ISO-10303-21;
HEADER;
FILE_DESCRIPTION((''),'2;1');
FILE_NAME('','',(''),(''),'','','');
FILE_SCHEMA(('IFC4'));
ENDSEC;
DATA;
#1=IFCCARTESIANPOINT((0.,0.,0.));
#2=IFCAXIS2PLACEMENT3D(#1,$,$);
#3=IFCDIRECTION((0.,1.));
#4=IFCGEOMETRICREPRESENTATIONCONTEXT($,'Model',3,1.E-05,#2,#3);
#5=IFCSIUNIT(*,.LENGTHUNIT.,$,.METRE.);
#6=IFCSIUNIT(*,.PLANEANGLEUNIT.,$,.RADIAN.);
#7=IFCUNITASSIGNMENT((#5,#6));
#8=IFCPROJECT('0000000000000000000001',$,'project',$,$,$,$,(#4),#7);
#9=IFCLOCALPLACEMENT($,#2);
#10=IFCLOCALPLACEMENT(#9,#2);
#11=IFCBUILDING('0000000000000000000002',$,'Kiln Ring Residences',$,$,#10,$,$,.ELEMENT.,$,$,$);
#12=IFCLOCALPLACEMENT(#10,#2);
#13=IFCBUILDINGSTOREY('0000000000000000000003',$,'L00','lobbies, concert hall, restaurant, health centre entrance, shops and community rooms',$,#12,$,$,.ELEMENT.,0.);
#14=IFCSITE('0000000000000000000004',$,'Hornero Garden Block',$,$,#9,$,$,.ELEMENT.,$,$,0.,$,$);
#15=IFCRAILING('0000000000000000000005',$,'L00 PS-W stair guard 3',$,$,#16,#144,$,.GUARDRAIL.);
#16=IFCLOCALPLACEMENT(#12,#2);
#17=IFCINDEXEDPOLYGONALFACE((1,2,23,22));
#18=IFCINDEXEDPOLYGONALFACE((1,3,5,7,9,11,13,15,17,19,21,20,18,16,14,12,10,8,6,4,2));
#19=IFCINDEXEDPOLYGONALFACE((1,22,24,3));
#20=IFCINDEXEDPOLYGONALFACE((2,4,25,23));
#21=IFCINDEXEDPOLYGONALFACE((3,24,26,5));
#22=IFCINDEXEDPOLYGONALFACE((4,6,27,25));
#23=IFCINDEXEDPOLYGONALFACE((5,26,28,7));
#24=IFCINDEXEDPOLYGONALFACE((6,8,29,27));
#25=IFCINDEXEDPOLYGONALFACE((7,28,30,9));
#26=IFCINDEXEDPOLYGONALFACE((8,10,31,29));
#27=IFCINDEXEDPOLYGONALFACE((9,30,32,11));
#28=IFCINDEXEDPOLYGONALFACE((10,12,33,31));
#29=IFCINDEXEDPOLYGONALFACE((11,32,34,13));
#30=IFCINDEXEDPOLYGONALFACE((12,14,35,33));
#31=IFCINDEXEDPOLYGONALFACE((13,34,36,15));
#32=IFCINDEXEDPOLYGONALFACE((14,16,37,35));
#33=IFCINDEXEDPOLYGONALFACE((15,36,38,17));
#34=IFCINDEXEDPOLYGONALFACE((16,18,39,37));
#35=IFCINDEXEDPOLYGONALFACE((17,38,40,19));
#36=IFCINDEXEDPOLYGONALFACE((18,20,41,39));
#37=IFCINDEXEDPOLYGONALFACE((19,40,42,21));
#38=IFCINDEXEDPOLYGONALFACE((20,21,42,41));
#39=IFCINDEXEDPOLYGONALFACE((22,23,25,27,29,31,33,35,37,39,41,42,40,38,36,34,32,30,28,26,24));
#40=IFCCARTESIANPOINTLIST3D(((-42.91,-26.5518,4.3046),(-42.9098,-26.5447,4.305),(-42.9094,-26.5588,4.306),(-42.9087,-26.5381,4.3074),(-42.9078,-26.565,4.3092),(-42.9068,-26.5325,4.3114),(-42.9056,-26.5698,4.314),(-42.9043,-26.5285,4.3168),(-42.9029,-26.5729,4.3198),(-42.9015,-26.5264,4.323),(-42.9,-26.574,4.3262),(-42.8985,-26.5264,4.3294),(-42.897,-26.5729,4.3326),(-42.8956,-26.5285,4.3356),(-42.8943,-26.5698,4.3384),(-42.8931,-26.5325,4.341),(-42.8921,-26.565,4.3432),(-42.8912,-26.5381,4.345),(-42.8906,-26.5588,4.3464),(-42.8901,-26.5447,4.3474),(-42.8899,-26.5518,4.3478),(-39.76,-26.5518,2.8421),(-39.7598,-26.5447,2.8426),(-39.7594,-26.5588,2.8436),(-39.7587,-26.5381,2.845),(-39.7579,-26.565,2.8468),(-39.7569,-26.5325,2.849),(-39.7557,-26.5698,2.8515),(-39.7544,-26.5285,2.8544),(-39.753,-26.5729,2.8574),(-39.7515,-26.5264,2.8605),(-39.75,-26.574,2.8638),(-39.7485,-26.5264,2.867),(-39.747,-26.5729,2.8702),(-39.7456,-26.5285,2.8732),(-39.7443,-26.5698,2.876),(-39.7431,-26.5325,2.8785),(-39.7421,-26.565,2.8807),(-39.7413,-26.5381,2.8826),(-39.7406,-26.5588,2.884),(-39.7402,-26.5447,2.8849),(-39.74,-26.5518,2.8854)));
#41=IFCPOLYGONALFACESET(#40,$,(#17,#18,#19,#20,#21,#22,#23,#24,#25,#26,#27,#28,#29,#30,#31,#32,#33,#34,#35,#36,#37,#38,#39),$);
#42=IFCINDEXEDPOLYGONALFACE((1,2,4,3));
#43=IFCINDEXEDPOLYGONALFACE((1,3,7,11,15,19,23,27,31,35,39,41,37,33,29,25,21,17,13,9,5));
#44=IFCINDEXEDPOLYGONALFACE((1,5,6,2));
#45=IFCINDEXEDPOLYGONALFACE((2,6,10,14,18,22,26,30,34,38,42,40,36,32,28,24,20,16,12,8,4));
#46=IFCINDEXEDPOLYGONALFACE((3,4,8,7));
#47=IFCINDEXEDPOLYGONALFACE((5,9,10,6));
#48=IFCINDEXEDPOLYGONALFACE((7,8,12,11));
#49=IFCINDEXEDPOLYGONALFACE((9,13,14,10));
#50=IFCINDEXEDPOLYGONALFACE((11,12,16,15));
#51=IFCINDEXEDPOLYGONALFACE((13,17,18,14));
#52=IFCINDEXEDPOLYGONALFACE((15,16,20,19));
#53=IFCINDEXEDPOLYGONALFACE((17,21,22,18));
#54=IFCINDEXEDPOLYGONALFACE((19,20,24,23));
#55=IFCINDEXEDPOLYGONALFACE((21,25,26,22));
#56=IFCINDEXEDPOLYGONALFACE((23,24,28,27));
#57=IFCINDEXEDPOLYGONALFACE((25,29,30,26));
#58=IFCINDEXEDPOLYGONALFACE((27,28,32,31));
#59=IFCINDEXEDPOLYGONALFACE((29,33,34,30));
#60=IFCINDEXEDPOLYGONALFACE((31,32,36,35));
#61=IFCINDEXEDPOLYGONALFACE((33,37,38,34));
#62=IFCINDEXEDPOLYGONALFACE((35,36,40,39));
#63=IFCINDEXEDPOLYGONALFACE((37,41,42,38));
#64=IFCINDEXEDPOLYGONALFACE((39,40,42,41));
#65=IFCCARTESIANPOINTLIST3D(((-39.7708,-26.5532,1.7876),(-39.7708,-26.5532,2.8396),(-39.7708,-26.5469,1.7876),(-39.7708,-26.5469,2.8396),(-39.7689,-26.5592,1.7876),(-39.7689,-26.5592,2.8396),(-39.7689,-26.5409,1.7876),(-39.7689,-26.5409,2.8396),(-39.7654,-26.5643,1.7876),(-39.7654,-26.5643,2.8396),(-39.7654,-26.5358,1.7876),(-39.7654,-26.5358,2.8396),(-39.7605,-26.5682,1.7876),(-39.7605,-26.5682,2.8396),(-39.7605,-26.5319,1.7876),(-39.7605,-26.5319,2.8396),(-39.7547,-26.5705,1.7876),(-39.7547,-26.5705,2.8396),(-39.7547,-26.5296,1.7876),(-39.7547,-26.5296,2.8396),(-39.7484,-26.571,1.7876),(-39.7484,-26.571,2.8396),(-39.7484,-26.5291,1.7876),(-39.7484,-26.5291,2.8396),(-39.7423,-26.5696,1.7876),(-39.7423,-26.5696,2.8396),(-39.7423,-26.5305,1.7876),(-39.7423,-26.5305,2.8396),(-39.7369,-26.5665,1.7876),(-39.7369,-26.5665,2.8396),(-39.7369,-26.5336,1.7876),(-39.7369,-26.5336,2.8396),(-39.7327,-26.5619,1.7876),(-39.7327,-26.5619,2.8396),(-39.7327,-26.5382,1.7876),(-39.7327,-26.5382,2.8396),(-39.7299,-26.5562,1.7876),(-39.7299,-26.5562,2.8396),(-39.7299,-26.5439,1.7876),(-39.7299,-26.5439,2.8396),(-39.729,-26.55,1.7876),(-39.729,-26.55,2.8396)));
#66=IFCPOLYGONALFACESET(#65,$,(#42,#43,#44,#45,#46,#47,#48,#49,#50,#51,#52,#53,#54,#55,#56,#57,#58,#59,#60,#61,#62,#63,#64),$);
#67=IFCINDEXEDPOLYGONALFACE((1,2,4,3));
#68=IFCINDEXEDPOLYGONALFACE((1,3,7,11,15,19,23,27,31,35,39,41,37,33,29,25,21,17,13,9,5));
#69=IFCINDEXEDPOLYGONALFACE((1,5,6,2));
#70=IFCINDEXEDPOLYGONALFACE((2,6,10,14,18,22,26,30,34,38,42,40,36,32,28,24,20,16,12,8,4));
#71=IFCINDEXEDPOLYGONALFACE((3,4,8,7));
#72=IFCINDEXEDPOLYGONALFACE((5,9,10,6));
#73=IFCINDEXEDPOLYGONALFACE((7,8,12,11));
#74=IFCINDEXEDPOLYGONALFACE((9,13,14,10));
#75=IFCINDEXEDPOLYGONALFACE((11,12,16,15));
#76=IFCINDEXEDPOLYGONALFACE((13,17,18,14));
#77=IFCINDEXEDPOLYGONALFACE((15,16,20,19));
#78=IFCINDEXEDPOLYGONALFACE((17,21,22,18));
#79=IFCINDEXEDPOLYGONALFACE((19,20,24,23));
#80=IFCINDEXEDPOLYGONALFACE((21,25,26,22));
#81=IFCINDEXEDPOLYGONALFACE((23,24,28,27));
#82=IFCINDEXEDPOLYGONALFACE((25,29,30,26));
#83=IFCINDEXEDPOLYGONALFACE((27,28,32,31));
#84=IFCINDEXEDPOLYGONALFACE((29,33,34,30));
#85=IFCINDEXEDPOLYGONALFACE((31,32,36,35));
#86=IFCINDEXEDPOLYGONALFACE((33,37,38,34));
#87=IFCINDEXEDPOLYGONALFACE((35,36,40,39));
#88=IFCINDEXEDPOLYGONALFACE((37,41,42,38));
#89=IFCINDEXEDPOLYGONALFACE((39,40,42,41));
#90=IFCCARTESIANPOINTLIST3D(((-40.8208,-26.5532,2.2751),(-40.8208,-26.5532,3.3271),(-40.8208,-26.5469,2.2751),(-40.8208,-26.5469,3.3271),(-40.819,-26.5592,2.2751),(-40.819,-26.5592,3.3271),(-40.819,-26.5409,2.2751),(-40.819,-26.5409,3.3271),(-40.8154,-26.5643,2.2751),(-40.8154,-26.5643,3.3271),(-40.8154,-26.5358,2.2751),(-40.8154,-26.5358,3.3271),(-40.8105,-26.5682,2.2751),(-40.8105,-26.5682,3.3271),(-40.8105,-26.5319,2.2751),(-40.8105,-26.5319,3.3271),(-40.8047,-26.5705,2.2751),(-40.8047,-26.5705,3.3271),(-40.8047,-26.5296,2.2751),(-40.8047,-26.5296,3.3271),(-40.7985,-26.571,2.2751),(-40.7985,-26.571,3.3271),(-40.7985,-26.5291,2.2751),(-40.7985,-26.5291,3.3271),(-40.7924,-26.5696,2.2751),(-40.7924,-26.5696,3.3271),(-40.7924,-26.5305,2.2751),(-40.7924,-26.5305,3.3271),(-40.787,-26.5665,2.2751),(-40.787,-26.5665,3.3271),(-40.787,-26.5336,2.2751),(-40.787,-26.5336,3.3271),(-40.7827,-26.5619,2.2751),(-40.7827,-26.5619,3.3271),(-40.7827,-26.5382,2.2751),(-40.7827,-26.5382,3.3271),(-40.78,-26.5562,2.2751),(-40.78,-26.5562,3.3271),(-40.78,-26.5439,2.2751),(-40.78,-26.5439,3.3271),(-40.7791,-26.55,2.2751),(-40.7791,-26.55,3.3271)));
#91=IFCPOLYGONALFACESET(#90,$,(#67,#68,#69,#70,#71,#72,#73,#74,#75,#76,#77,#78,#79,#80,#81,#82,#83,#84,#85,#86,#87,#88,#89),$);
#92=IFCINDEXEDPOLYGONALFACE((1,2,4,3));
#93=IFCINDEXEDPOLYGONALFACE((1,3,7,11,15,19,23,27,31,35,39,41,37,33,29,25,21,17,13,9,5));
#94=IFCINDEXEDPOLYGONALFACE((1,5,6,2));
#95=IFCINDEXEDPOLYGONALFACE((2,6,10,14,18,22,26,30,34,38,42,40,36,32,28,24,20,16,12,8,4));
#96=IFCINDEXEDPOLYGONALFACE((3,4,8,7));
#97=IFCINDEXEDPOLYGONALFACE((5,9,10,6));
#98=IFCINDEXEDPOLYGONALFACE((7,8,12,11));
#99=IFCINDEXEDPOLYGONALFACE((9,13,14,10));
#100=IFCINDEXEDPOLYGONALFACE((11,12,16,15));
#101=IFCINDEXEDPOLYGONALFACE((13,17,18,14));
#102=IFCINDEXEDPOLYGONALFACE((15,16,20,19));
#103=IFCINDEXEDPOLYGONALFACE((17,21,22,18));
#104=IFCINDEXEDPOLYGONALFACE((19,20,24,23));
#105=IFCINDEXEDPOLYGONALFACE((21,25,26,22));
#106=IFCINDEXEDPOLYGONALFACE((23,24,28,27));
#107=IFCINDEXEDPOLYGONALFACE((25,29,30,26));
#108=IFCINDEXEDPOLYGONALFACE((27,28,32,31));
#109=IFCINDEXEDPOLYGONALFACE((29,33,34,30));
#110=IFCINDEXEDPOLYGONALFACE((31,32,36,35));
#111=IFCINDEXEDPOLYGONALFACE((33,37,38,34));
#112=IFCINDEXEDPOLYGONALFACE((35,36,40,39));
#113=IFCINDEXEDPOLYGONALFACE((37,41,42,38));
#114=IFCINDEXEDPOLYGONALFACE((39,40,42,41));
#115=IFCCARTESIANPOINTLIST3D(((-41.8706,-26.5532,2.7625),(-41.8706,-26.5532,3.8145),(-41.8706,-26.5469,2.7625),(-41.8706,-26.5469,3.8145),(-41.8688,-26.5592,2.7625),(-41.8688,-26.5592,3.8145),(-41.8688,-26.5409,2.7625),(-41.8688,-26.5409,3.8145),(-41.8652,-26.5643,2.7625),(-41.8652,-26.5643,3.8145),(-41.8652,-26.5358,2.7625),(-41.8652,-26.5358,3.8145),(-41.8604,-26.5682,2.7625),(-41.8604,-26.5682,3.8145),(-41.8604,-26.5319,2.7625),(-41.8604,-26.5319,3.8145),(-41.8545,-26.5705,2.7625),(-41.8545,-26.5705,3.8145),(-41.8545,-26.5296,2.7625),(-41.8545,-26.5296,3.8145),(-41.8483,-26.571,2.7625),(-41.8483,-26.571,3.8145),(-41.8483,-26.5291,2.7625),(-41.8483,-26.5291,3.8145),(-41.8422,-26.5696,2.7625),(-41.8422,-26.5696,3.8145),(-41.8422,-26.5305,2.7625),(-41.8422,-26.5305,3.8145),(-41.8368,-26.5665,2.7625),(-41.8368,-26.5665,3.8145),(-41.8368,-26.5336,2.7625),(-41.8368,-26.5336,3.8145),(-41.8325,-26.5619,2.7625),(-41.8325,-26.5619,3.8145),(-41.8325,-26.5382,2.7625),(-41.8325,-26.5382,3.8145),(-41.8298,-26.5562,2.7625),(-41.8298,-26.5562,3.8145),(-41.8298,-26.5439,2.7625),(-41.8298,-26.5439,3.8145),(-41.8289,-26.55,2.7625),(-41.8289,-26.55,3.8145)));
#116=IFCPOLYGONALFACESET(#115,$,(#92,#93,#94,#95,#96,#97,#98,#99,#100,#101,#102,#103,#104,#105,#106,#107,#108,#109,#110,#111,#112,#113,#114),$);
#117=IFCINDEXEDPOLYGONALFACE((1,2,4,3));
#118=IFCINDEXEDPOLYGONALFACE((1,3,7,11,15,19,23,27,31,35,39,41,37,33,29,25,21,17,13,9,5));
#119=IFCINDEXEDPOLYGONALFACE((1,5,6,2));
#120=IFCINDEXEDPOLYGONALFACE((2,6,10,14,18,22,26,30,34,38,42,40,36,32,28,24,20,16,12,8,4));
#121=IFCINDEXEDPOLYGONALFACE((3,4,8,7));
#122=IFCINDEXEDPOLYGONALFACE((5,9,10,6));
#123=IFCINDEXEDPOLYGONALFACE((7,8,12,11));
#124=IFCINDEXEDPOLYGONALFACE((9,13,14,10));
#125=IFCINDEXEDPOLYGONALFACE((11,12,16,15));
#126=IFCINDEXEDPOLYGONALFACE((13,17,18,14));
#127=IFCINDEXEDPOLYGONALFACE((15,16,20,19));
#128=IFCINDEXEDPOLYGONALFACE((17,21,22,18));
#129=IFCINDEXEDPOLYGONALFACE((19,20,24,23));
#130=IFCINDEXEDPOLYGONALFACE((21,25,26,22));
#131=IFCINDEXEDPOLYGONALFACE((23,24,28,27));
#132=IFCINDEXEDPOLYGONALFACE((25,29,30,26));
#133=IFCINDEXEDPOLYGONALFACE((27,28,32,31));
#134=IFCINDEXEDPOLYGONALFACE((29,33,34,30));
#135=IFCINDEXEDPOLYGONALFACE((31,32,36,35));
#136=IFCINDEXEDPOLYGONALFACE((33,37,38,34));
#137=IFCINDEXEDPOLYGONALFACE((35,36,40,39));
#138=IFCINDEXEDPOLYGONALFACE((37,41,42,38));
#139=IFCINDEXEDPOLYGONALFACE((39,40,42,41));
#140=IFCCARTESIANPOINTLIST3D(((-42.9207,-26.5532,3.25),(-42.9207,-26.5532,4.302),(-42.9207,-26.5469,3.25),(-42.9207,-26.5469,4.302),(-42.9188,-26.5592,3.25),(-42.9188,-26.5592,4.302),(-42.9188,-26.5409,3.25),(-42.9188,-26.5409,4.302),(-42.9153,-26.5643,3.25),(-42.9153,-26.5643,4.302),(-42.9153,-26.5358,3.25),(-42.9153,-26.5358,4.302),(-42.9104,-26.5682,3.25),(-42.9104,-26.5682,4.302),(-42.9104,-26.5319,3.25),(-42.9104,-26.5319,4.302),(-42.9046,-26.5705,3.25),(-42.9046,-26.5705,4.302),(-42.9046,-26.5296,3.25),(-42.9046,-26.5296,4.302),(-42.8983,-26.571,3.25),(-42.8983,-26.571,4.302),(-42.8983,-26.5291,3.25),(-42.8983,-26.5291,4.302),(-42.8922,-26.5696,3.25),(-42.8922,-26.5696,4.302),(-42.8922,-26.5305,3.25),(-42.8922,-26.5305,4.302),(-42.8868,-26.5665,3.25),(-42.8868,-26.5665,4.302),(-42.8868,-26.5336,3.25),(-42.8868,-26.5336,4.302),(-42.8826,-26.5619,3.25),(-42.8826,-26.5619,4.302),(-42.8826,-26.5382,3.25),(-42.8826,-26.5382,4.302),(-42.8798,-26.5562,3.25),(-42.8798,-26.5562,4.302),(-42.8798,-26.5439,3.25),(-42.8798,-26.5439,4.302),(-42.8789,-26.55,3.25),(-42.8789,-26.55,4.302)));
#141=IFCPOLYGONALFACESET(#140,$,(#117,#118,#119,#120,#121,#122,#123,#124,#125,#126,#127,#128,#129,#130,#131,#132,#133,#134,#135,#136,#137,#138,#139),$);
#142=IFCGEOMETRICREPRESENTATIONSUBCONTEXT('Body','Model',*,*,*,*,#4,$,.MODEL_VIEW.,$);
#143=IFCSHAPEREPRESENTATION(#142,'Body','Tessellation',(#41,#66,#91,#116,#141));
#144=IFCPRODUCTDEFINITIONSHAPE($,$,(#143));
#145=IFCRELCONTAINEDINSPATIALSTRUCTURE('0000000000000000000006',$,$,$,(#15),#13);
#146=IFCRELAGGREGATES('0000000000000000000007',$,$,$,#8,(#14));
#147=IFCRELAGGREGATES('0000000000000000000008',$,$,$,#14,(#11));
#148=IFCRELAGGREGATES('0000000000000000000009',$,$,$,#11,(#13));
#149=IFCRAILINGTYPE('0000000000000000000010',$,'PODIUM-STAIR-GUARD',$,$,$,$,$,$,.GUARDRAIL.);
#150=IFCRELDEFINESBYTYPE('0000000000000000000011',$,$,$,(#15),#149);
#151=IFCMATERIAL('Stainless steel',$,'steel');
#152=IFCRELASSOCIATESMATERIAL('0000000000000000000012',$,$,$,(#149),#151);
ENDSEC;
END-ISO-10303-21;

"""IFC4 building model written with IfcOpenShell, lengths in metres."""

from ifc_helpers import new_model, si_unit, direction, frame, origin, origin_2d, place, context, subcontext, project, spatial, circle, extrude, material, type_object, element, save


model = new_model("IFC4")

# Units and contexts
model_context = context("Model", 3, precision=1e-05, world=origin(), true_north=direction((0.0, 1.0)))
body_context = subcontext(model_context, "Body", "Model", "MODEL_VIEW")
ifc_project = project(units=[si_unit("LENGTHUNIT", "METRE"), si_unit("PLANEANGLEUNIT", "RADIAN")], contexts=[model_context])

# Site, building, storey
site_placement = place(None, origin())
site = spatial("IfcSite", under=ifc_project, at=site_placement, Name="Hornero Garden Block", CompositionType="ELEMENT", RefElevation=0.0)
building_placement = place(site_placement, origin())
building = spatial("IfcBuilding", under=site, at=building_placement, Name="Kiln Ring Residences", CompositionType="ELEMENT")
storey_placement = place(building_placement, origin())
storey = spatial("IfcBuildingStorey", under=building, at=storey_placement, Name="L00", Description="lobbies, concert hall, restaurant, health centre entrance, shops and community rooms", CompositionType="ELEMENT", Elevation=0.0)

# Railing
ifc_material_1 = material(Name="Stainless steel", Category="steel")
railing_type_1 = type_object("IfcRailingType", Name="PODIUM-STAIR-GUARD", PredefinedType="GUARDRAIL", material=ifc_material_1)
railing_1_placement = place(storey_placement, frame((-39.75, -26.55, 1.7876)))
element("IfcRailing", 1, at=railing_1_placement, inside=storey, type_object=railing_type_1, Name="L00 PS-W stair guard 3", PredefinedType="GUARDRAIL", context=body_context, shape_type="SweptSolid", body=[
    extrude(circle(Radius=0.0239, at=origin_2d()), frame((0.0, 0.0, 1.0762), z_axis=(-0.907015, 0.0, 0.421099), x_axis=(0.0, -1.0, 0.0)), (0.0, 0.0, 1.0), 3.4729),
    extrude(circle(Radius=0.021, at=origin_2d()), origin(), (0.0, 0.0, 1.0), 1.052),
    extrude(circle(Radius=0.021, at=origin_2d()), frame((-1.05, 0.0, 0.4875)), (0.0, 0.0, 1.0), 1.052),
    extrude(circle(Radius=0.021, at=origin_2d()), frame((-2.0999, 0.0, 0.9749)), (0.0, 0.0, 1.0), 1.052),
    extrude(circle(Radius=0.021, at=origin_2d()), frame((-3.1499, 0.0, 1.4624)), (0.0, 0.0, 1.0), 1.052),
])

save(model, "model.ifc")
